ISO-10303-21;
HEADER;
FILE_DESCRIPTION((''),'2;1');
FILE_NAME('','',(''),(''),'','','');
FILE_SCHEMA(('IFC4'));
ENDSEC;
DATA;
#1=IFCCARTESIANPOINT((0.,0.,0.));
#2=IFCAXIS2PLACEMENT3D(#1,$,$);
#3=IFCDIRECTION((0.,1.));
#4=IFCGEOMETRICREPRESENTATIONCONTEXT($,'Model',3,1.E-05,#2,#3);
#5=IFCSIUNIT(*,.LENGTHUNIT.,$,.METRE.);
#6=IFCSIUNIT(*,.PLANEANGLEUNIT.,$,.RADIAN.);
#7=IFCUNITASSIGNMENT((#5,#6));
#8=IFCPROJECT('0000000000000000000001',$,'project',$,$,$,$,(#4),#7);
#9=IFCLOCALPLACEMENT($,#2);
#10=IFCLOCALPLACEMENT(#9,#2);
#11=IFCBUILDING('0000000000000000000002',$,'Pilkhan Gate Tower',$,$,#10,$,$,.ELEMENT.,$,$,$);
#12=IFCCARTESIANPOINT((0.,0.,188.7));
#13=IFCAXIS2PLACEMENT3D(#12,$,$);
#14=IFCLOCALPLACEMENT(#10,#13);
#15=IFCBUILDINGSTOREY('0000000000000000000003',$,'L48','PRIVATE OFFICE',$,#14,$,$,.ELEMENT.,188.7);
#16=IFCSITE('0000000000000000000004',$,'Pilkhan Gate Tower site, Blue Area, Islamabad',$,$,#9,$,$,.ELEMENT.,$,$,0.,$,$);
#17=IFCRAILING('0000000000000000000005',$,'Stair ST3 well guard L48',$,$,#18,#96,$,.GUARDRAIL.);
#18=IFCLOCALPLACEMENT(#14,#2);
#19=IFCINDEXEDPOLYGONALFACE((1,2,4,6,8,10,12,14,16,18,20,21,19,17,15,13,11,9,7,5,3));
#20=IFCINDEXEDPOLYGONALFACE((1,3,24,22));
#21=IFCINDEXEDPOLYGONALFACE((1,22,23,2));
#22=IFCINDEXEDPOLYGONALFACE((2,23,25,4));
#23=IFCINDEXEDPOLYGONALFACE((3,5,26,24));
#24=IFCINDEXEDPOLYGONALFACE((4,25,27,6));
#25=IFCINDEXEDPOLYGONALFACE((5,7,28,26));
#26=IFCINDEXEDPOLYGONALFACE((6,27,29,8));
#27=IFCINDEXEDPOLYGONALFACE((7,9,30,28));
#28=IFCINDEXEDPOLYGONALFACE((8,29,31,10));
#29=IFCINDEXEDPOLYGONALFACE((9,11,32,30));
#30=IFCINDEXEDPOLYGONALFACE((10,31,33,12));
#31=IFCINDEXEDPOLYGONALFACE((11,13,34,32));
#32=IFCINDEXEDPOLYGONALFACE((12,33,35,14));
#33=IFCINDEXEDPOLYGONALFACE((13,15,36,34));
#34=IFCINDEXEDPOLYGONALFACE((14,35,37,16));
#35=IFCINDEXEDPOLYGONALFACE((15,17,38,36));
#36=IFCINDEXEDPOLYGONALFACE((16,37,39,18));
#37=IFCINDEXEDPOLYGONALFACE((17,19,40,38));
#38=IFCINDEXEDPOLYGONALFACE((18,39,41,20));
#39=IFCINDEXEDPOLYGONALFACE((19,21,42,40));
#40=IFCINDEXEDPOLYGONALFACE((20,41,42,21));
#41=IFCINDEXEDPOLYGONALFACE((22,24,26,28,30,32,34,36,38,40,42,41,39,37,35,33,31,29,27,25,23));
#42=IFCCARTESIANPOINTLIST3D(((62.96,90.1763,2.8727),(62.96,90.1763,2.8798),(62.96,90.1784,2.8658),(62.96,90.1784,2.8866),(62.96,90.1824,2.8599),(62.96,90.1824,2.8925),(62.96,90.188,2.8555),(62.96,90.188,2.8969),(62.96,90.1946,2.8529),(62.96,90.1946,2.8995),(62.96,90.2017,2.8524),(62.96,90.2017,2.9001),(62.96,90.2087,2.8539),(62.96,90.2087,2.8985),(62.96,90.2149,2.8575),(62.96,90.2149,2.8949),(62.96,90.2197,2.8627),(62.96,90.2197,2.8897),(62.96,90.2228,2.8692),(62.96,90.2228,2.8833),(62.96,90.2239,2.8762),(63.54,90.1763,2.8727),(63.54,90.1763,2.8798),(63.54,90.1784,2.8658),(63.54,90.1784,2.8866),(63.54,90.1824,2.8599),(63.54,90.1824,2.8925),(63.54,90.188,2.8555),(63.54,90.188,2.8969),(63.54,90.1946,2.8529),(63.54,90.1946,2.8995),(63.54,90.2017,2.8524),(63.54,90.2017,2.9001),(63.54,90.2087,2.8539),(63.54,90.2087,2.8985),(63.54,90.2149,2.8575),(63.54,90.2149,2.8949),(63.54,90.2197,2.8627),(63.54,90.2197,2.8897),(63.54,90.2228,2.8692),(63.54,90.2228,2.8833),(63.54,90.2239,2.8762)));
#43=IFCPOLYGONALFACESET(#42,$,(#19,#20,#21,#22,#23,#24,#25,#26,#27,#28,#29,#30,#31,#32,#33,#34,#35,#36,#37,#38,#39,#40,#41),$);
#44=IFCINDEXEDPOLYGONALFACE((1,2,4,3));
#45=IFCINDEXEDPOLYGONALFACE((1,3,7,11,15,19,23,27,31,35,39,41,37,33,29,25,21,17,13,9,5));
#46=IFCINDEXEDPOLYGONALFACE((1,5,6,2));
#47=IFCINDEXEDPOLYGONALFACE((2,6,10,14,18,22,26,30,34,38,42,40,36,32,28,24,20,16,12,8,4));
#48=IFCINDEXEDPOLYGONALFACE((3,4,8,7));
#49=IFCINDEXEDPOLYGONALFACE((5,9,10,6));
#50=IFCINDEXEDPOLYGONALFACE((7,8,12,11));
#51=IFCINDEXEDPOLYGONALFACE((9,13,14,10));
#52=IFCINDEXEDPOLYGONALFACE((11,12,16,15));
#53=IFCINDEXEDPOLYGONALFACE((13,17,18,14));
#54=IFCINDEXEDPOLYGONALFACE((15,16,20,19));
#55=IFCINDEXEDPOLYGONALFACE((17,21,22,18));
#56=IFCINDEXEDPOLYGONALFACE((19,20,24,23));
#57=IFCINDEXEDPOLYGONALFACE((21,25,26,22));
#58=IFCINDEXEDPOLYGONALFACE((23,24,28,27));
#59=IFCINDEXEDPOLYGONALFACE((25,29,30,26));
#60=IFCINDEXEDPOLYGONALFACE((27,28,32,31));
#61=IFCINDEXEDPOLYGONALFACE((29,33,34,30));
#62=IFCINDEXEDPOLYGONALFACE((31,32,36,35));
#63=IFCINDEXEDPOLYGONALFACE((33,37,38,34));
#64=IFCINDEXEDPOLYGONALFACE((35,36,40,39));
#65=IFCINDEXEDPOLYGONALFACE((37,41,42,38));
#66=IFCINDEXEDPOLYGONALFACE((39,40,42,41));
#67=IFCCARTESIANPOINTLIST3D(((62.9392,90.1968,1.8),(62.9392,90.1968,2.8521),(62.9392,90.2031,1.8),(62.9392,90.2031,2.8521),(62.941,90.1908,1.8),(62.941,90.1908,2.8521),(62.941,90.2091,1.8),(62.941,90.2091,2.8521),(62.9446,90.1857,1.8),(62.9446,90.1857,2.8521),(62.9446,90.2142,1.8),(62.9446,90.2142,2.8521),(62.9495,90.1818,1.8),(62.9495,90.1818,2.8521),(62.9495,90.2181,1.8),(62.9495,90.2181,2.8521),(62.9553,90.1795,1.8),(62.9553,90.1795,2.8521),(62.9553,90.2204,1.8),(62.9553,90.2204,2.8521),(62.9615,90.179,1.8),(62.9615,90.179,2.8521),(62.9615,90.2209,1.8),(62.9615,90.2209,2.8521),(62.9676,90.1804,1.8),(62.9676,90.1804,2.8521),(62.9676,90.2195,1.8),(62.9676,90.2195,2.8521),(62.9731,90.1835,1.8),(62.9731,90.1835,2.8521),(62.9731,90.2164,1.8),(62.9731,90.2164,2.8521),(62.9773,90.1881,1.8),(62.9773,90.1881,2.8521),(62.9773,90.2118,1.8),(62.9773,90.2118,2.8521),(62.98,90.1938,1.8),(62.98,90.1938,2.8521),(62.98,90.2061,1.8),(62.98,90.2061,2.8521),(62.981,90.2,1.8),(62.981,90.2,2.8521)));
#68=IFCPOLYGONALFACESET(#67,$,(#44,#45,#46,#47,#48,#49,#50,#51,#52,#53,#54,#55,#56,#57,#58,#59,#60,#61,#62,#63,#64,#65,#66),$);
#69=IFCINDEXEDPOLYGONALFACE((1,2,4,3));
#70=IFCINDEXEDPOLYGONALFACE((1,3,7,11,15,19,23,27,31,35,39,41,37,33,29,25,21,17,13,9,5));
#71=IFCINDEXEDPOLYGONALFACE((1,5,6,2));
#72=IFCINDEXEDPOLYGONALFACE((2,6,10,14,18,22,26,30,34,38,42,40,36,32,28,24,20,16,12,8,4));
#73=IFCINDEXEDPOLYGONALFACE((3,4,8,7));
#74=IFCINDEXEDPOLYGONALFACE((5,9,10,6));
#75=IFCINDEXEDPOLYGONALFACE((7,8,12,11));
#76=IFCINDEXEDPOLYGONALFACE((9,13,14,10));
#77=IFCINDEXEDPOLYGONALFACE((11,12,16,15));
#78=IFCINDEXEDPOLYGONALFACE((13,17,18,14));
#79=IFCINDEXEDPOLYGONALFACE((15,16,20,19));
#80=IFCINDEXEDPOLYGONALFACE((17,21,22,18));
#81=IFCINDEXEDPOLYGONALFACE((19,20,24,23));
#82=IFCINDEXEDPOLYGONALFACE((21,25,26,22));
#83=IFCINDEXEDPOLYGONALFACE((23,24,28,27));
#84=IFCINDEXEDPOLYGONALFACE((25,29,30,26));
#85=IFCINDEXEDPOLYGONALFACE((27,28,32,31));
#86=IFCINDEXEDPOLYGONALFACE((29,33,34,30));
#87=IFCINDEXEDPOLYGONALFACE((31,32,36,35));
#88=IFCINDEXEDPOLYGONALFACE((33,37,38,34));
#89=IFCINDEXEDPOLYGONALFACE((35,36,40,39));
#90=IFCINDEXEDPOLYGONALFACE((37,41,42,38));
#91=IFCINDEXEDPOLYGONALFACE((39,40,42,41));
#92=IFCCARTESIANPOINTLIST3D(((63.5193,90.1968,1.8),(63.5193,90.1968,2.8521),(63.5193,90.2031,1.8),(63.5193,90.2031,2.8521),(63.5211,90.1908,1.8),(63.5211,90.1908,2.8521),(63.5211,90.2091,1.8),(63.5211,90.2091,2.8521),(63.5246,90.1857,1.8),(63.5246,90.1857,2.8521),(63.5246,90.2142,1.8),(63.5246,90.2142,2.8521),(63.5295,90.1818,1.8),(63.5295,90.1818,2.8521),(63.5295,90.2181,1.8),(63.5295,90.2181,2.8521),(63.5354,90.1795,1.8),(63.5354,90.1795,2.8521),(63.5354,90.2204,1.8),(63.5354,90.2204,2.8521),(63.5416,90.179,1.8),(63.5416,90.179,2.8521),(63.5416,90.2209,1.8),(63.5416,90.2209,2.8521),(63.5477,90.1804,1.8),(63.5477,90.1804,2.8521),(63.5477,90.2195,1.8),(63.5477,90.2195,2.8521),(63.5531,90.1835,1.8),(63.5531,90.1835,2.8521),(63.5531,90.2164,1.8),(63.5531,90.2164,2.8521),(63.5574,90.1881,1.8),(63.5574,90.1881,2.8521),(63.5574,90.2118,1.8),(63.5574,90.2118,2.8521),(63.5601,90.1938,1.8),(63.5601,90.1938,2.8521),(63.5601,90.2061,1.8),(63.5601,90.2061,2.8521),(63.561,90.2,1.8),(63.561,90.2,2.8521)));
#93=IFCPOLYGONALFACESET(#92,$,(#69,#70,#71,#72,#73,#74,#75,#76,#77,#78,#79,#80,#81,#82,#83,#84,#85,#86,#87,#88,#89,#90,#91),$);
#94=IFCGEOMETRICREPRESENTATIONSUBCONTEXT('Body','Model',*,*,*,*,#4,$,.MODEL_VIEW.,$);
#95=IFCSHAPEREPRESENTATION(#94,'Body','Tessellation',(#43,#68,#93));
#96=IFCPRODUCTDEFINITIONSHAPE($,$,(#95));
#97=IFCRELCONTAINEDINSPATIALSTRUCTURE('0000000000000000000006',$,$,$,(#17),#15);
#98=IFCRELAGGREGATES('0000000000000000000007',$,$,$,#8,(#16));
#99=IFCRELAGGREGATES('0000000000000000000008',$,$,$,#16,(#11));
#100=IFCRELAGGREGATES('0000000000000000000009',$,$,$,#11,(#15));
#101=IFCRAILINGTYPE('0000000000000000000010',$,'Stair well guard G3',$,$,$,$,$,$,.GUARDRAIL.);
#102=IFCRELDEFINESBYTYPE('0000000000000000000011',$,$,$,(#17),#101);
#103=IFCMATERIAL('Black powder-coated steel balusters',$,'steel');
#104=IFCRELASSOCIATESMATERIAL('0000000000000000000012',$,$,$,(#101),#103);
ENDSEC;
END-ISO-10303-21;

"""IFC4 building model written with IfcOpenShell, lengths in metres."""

from ifc_helpers import new_model, si_unit, direction, frame, origin, origin_2d, place, context, subcontext, project, spatial, circle, extrude, material, type_object, element, save


model = new_model("IFC4")

# Units and contexts
model_context = context("Model", 3, precision=1e-05, world=origin(), true_north=direction((0.0, 1.0)))
body_context = subcontext(model_context, "Body", "Model", "MODEL_VIEW")
ifc_project = project(units=[si_unit("LENGTHUNIT", "METRE"), si_unit("PLANEANGLEUNIT", "RADIAN")], contexts=[model_context])

# Site, building, storey
site_placement = place(None, origin())
site = spatial("IfcSite", under=ifc_project, at=site_placement, Name="Pilkhan Gate Tower site, Blue Area, Islamabad", CompositionType="ELEMENT", RefElevation=0.0)
building_placement = place(site_placement, origin())
building = spatial("IfcBuilding", under=site, at=building_placement, Name="Pilkhan Gate Tower", CompositionType="ELEMENT")
storey_placement = place(building_placement, frame((0.0, 0.0, 188.7)))
storey = spatial("IfcBuildingStorey", under=building, at=storey_placement, Name="L48", Description="PRIVATE OFFICE", CompositionType="ELEMENT", Elevation=188.7)

# Railing
ifc_material_1 = material(Name="Black powder-coated steel balusters", Category="steel")
railing_type_1 = type_object("IfcRailingType", Name="Stair well guard G3", PredefinedType="GUARDRAIL", material=ifc_material_1)
for number, where, name in (
    (1, (62.96, 90.2, 1.8), "Stair ST3 well guard L48"),
):
    element("IfcRailing", number, at=place(storey_placement, frame(where)), inside=storey, type_object=railing_type_1, Name=name, PredefinedType="GUARDRAIL", context=body_context, shape_type="SweptSolid", body=[
        extrude(circle(Radius=0.0239, at=origin_2d()), frame((0.0, 0.0, 1.0762), z_axis=(1.0, 0.0, 0.0), x_axis=(0.0, 1.0, 0.0)), (0.0, 0.0, 1.0), 0.5801),
        extrude(circle(Radius=0.021, at=origin_2d()), origin(), (0.0, 0.0, 1.0), 1.052),
        extrude(circle(Radius=0.021, at=origin_2d()), frame((0.5801, 0.0, 0.0)), (0.0, 0.0, 1.0), 1.052),
    ])

save(model, "model.ifc")
